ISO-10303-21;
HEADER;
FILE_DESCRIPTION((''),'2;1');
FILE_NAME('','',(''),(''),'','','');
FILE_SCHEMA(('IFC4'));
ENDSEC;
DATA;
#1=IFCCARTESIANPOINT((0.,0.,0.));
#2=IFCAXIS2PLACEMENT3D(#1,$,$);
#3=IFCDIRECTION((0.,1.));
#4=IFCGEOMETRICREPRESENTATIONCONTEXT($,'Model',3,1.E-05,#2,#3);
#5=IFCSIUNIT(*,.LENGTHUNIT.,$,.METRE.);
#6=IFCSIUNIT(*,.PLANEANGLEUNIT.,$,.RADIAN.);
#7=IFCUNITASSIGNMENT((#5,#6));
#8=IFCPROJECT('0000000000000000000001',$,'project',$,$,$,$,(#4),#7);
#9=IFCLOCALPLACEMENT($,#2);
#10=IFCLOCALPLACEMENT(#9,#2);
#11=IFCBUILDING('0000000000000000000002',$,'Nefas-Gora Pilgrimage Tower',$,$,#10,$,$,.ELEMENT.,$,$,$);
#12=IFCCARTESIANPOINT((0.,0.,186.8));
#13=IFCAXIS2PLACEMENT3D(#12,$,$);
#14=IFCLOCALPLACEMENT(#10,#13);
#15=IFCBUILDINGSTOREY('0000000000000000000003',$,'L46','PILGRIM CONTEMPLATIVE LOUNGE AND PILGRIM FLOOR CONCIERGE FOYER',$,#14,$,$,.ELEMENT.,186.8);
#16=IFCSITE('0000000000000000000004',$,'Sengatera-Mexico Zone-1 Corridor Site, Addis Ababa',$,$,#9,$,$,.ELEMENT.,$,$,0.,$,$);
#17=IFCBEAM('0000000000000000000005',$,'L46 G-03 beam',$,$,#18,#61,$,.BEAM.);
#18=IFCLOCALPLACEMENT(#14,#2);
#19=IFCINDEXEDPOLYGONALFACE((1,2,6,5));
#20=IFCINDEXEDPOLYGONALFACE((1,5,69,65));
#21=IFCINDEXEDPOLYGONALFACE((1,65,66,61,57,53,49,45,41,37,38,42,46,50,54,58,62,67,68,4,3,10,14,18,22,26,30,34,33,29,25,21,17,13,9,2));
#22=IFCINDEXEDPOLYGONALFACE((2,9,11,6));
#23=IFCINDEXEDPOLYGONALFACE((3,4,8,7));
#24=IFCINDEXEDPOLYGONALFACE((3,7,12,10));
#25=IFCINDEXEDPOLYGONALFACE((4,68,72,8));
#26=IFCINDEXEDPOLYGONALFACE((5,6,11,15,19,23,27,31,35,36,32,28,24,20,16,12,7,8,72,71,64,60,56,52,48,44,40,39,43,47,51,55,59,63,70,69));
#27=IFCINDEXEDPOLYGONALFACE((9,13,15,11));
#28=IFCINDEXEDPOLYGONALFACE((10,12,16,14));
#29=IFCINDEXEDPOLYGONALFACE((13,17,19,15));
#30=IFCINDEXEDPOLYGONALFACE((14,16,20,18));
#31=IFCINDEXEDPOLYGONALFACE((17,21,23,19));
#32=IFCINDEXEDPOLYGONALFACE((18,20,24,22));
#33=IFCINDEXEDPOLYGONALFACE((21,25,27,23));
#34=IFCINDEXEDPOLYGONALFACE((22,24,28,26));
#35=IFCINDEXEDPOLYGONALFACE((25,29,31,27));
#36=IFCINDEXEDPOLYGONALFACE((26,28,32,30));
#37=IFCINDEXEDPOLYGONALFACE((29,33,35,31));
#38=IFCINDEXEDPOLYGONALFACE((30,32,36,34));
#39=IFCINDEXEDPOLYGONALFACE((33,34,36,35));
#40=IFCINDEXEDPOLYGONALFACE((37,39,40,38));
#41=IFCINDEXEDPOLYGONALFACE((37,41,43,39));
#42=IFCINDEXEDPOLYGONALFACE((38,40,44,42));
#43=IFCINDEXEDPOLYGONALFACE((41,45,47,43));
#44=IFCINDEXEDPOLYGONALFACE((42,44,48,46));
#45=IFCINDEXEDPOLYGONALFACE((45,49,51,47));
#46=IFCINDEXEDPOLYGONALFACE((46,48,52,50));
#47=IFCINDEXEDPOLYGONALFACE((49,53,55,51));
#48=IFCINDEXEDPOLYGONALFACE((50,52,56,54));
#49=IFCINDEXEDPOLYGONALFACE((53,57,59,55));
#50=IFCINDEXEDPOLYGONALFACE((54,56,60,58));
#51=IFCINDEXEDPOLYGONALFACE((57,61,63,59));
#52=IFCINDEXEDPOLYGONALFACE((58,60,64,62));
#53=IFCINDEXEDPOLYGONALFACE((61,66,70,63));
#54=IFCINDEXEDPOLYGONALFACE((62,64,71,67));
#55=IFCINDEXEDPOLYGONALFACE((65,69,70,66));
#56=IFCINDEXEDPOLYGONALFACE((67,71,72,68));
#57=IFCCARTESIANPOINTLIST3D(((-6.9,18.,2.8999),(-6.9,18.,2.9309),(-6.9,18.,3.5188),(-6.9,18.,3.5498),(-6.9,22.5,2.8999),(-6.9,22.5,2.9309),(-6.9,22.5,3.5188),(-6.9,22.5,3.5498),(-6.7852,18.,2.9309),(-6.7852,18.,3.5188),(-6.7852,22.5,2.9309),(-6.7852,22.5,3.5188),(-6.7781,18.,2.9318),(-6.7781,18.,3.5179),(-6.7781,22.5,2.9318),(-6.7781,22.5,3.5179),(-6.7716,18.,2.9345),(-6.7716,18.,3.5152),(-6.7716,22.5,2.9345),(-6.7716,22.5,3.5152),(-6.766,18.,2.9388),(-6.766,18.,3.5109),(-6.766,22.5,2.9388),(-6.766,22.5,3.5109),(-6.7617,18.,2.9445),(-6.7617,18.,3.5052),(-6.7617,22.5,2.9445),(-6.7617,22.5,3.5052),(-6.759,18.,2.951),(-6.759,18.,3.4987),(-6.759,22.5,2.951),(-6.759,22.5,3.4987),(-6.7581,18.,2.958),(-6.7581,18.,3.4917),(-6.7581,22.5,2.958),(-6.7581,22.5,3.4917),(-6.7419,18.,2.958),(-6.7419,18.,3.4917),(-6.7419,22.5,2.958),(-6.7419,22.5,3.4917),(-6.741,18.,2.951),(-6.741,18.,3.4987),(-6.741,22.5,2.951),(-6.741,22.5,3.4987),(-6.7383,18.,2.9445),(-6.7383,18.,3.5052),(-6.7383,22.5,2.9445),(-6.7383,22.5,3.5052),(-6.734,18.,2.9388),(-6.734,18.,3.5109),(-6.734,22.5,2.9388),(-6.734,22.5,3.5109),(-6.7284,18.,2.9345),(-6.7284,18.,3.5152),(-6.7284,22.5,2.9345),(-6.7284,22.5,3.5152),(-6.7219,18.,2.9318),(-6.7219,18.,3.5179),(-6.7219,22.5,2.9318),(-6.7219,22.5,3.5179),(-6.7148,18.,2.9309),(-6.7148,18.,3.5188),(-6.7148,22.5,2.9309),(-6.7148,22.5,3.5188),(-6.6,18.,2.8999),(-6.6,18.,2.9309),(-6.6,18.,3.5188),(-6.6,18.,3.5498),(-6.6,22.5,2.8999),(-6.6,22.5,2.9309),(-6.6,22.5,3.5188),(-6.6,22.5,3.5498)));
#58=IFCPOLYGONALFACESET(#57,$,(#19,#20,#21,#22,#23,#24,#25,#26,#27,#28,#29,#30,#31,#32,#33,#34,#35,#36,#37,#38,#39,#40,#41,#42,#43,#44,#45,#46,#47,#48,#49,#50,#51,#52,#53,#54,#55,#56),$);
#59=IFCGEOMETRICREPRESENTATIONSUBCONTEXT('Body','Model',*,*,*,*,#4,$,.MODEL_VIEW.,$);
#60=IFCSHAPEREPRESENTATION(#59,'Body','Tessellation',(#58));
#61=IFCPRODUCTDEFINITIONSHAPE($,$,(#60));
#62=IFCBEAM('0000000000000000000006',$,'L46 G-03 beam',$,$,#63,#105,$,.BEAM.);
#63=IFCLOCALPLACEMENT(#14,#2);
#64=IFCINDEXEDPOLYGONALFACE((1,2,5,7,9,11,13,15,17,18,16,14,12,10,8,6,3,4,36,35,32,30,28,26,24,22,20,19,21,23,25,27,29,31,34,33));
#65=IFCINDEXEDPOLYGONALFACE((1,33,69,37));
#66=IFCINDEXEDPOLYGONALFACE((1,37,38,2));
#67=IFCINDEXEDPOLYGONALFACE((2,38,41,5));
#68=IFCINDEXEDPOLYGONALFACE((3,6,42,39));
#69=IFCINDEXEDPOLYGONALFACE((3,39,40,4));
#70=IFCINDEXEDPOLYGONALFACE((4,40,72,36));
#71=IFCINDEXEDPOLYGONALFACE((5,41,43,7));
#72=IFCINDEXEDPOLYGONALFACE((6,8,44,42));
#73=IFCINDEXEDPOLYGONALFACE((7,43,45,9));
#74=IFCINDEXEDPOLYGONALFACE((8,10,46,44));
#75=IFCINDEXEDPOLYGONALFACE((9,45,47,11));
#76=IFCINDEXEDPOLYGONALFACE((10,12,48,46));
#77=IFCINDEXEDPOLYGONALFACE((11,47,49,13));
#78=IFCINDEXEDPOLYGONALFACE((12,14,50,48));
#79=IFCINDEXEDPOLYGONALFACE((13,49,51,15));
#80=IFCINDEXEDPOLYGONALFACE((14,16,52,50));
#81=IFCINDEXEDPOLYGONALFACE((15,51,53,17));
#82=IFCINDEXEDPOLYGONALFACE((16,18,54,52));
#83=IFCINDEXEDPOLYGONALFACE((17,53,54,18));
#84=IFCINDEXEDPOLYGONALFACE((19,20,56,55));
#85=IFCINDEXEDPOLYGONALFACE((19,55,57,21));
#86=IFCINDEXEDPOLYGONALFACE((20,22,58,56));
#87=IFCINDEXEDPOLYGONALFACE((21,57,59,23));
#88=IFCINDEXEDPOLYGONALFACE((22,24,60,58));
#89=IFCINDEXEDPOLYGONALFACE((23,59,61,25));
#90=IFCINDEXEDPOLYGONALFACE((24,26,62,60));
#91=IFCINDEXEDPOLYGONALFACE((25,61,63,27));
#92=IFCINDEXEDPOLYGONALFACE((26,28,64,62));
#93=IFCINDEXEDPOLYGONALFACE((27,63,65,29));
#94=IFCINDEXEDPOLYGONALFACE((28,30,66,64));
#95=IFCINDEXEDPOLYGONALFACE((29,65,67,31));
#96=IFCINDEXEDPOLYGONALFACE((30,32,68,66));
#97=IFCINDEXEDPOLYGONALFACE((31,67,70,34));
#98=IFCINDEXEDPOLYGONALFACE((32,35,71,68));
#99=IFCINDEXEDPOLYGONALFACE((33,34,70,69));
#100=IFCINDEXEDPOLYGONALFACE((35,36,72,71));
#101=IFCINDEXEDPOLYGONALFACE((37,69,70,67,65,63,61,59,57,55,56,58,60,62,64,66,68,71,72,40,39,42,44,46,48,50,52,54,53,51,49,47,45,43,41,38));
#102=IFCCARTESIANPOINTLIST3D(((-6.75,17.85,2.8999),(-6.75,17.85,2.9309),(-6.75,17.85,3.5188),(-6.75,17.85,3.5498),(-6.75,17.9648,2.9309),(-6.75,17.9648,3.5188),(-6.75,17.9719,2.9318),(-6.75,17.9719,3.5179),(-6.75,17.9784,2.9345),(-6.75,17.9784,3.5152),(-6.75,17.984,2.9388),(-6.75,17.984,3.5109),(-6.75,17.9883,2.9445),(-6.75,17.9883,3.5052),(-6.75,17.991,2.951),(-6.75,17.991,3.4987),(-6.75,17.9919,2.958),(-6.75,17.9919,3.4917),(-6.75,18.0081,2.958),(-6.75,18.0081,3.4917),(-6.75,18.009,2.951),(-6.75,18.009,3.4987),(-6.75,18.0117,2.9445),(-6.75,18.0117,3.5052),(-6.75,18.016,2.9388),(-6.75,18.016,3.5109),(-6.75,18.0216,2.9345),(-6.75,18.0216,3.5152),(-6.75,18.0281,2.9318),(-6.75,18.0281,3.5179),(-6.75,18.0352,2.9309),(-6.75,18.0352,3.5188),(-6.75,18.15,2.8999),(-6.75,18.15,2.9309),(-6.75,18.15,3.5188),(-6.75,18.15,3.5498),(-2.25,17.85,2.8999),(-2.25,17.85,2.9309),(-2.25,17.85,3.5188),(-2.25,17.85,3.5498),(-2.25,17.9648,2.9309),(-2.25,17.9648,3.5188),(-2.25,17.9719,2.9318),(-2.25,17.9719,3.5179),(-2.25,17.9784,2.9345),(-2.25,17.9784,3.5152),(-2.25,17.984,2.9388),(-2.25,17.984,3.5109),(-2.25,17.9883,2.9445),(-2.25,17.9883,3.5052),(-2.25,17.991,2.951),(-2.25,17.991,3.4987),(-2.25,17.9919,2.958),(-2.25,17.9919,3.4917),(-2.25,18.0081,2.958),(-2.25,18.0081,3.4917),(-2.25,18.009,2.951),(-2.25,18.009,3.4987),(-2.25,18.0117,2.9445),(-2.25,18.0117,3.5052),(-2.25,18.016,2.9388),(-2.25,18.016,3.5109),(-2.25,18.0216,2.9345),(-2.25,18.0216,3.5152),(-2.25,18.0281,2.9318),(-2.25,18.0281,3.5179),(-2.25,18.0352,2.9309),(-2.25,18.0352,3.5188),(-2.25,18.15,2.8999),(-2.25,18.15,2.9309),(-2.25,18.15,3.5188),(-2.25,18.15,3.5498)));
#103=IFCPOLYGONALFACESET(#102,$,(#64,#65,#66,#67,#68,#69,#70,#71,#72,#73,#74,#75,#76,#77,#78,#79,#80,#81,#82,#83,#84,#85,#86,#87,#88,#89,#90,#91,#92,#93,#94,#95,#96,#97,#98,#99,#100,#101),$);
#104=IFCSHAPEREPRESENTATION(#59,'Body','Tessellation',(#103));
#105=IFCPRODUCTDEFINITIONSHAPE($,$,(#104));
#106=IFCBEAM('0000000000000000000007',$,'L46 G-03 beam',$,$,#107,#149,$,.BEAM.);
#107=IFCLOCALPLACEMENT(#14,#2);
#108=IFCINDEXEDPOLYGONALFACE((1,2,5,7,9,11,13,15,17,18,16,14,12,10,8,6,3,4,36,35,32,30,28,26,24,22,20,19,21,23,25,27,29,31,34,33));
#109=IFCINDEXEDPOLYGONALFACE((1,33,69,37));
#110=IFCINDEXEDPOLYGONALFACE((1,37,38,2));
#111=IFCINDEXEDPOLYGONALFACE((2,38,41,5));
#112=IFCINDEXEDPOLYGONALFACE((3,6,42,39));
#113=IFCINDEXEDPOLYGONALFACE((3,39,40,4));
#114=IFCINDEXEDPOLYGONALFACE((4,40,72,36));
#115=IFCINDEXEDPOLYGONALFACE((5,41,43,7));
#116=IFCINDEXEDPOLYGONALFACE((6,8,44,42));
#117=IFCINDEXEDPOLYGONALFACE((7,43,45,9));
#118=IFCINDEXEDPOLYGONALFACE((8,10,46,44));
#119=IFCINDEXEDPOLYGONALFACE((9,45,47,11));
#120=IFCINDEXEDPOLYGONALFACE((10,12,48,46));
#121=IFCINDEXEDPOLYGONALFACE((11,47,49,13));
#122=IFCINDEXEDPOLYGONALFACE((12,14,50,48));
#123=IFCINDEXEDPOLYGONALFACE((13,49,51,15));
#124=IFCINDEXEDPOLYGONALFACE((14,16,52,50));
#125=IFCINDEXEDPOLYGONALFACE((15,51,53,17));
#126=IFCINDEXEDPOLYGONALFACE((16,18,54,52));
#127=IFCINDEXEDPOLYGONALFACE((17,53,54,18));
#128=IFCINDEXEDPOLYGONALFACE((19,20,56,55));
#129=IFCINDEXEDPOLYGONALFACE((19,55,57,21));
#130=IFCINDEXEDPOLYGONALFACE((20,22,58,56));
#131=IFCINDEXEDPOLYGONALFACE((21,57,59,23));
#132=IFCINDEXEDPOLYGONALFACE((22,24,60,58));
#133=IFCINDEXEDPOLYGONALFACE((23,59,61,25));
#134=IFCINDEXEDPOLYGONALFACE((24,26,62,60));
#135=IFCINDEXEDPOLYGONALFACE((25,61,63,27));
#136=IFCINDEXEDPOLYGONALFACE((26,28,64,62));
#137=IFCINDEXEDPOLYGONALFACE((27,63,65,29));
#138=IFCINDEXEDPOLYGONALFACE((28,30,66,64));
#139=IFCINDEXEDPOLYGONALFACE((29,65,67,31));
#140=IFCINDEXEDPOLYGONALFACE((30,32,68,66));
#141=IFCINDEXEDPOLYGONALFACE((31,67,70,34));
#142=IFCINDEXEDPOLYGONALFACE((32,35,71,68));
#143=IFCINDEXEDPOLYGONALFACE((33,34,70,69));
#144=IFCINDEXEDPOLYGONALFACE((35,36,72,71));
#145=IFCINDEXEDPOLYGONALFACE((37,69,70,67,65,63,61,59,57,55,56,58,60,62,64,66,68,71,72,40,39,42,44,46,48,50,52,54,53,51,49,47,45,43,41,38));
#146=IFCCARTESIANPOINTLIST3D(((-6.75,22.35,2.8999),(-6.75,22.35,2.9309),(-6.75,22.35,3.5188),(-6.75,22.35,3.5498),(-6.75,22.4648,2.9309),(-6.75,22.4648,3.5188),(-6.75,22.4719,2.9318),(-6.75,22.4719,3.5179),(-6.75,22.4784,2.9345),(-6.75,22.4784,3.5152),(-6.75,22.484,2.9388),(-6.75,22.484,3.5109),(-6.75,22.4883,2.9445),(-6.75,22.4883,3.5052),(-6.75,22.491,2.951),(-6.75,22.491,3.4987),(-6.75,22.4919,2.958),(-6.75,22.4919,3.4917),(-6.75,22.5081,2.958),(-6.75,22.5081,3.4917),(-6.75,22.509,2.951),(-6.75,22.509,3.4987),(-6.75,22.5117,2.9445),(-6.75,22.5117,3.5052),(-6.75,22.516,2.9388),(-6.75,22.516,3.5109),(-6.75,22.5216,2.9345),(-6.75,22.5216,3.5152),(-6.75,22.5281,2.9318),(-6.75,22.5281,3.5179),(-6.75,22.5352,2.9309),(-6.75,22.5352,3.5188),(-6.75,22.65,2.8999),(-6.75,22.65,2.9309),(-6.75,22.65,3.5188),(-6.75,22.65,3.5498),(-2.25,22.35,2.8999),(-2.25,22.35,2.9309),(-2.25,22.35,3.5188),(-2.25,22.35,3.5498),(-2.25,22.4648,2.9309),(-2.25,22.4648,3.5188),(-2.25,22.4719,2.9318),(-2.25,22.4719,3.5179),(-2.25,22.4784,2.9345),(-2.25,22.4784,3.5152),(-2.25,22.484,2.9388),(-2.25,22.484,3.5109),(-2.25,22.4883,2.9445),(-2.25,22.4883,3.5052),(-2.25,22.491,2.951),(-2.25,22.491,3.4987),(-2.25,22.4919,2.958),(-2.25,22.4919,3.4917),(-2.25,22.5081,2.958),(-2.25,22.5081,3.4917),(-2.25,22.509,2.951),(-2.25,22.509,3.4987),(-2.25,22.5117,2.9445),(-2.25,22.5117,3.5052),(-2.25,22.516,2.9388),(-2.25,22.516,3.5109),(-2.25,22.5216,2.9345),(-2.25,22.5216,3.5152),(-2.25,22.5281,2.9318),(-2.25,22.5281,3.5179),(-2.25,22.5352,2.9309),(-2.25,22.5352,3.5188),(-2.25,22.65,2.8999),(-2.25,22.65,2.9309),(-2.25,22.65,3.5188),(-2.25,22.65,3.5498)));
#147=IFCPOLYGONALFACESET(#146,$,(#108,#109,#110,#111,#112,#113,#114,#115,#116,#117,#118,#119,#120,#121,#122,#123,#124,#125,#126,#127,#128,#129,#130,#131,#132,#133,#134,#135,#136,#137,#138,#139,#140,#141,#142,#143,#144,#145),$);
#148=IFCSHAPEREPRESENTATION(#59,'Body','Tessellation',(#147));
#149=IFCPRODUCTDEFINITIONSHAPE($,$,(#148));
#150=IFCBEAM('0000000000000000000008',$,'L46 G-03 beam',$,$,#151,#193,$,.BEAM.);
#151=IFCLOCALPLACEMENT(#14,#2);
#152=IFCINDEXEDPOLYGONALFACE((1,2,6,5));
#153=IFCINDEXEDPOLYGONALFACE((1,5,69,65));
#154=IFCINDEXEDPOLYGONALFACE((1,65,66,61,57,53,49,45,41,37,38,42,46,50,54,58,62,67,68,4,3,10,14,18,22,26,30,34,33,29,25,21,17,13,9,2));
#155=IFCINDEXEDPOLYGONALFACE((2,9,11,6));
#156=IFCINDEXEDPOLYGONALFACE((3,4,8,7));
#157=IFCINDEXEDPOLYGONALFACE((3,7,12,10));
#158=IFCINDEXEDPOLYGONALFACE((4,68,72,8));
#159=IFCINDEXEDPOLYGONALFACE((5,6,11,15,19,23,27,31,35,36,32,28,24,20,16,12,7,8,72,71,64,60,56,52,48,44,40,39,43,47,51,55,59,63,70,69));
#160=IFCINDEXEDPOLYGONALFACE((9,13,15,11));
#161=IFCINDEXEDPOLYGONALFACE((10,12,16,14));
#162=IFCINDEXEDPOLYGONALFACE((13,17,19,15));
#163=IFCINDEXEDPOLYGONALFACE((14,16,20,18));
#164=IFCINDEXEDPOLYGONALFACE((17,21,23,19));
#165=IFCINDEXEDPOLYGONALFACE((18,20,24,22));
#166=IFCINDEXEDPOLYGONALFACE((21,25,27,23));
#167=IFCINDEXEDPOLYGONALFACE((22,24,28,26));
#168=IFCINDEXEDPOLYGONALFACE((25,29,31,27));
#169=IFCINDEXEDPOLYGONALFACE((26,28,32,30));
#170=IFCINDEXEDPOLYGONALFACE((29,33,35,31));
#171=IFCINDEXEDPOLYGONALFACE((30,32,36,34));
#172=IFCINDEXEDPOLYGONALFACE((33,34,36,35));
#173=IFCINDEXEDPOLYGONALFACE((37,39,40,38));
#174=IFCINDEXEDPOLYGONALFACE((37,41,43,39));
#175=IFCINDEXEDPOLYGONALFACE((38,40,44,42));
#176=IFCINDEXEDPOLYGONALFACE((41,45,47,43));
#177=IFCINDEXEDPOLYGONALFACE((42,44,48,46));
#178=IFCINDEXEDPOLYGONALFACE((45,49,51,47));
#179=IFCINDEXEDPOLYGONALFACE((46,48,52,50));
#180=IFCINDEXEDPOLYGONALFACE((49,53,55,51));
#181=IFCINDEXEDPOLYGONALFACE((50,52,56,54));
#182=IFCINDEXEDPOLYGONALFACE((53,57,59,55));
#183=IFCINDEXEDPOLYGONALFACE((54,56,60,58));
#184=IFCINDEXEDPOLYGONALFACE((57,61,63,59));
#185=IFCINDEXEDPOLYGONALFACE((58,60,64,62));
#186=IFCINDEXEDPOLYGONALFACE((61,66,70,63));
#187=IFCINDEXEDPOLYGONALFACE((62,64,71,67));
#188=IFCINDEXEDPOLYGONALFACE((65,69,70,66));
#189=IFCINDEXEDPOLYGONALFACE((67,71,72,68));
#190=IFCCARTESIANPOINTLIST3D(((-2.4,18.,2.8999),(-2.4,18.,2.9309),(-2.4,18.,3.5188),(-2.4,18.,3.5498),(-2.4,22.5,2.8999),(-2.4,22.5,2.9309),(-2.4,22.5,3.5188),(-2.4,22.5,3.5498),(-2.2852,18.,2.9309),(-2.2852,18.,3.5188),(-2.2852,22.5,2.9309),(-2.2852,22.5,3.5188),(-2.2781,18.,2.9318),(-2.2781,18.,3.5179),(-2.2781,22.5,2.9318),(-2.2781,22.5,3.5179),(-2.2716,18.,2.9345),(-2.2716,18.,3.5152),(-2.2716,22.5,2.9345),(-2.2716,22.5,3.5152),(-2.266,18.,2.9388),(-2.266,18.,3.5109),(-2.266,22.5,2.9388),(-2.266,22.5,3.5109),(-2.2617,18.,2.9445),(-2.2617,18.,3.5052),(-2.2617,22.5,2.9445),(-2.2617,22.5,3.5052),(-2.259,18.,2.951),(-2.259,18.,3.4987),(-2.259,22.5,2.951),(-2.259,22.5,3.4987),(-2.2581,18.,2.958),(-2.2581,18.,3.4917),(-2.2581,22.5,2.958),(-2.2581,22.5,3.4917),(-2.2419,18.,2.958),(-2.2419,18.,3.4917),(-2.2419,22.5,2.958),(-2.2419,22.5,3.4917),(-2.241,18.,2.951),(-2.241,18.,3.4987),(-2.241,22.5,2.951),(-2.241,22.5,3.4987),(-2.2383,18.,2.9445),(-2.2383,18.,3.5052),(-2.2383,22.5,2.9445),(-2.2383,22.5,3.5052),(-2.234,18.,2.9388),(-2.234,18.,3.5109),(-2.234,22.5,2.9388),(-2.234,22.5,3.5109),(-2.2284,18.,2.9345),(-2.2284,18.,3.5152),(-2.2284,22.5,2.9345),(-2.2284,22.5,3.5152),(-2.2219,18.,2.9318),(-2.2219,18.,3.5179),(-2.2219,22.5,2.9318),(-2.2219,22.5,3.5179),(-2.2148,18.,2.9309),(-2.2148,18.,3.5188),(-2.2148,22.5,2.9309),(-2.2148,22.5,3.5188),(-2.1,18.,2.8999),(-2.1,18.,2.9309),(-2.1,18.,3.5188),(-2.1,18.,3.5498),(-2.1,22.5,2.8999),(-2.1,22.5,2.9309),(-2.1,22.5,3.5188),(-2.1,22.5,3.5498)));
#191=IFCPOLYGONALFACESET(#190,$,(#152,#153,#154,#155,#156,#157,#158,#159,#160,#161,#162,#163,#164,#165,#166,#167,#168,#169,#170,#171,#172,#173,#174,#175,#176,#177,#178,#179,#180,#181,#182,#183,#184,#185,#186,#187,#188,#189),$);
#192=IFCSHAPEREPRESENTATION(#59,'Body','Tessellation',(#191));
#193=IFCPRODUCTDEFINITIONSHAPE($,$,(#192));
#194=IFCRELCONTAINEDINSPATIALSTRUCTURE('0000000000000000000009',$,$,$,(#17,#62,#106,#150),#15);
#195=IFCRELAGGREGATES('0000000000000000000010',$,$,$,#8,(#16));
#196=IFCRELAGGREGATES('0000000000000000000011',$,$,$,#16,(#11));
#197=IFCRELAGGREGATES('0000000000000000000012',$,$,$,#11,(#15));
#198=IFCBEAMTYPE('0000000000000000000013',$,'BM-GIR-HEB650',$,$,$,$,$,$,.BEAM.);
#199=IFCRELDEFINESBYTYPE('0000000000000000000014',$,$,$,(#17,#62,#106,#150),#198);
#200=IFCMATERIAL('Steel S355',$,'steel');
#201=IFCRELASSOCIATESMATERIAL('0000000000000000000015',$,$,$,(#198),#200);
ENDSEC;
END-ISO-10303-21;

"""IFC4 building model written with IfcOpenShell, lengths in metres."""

from ifc_helpers import new_model, si_unit, direction, frame, origin, origin_2d, place, context, subcontext, project, spatial, i_section, extrude, source, transform, mapped, material, material_profile, profile_set, type_object, element, save


model = new_model("IFC4")

# Units and contexts
model_context = context("Model", 3, precision=1e-05, world=origin(), true_north=direction((0.0, 1.0)))
body_context = subcontext(model_context, "Body", "Model", "MODEL_VIEW")
ifc_project = project(units=[si_unit("LENGTHUNIT", "METRE"), si_unit("PLANEANGLEUNIT", "RADIAN")], contexts=[model_context])

# Site, building, storey
site_placement = place(None, origin())
site = spatial("IfcSite", under=ifc_project, at=site_placement, Name="Sengatera-Mexico Zone-1 Corridor Site, Addis Ababa", CompositionType="ELEMENT", RefElevation=0.0)
building_placement = place(site_placement, origin())
building = spatial("IfcBuilding", under=site, at=building_placement, Name="Nefas-Gora Pilgrimage Tower", CompositionType="ELEMENT")
storey_placement = place(building_placement, frame((0.0, 0.0, 186.8)))
storey = spatial("IfcBuildingStorey", under=building, at=storey_placement, Name="L46", Description="PILGRIM CONTEMPLATIVE LOUNGE AND PILGRIM FLOOR CONCIERGE FOYER", CompositionType="ELEMENT", Elevation=186.8)

# Beams
ifc_material_1 = material(Name="Steel S355", Category="steel")
ifc_material_profile_1 = material_profile(ifc_material_1, i_section(OverallWidth=0.3, OverallDepth=0.6499, WebThickness=0.0161, FlangeThickness=0.031, FilletRadius=0.0271, at=origin_2d()), Name="HEB 650")
ifc_profile_set_1 = profile_set([ifc_material_profile_1], Name="Steel S355")
beam_type = type_object("IfcBeamType", Name="BM-GIR-HEB650", PredefinedType="BEAM", material=ifc_profile_set_1)
shared_shape_1 = source(origin(), body_context, "Body", "SweptSolid", [
    extrude(i_section(OverallWidth=0.3, OverallDepth=0.6499, WebThickness=0.0161, FlangeThickness=0.031, FilletRadius=0.0271, at=origin_2d()), origin(), (0.0, 0.0, 1.0), 4.5),
])
for number, where, z_axis, x_axis, name in (
    (1, (-6.75, 18.0, 3.2249), (0.0, 1.0, 0.0), (-1.0, 0.0, 0.0), "L46 G-03 beam"),
    (2, (-6.75, 18.0, 3.2249), (1.0, 0.0, 0.0), (0.0, 1.0, 0.0), "L46 G-03 beam"),
    (3, (-6.75, 22.5, 3.2249), (1.0, 0.0, 0.0), (0.0, 1.0, 0.0), "L46 G-03 beam"),
    (4, (-2.25, 18.0, 3.2249), (0.0, 1.0, 0.0), (-1.0, 0.0, 0.0), "L46 G-03 beam"),
):
    element("IfcBeam", number, at=place(storey_placement, frame(where, z_axis=z_axis, x_axis=x_axis)), inside=storey, type_object=beam_type, Name=name, PredefinedType="BEAM", context=body_context, shape_type="MappedRepresentation", body=[
        mapped(shared_shape_1, transform((0.0, 0.0, 0.0), x_axis=(1.0, 0.0, 0.0), y_axis=(0.0, 1.0, 0.0), z_axis=(0.0, 0.0, 1.0), scale=1.0)),
    ])

save(model, "model.ifc")
